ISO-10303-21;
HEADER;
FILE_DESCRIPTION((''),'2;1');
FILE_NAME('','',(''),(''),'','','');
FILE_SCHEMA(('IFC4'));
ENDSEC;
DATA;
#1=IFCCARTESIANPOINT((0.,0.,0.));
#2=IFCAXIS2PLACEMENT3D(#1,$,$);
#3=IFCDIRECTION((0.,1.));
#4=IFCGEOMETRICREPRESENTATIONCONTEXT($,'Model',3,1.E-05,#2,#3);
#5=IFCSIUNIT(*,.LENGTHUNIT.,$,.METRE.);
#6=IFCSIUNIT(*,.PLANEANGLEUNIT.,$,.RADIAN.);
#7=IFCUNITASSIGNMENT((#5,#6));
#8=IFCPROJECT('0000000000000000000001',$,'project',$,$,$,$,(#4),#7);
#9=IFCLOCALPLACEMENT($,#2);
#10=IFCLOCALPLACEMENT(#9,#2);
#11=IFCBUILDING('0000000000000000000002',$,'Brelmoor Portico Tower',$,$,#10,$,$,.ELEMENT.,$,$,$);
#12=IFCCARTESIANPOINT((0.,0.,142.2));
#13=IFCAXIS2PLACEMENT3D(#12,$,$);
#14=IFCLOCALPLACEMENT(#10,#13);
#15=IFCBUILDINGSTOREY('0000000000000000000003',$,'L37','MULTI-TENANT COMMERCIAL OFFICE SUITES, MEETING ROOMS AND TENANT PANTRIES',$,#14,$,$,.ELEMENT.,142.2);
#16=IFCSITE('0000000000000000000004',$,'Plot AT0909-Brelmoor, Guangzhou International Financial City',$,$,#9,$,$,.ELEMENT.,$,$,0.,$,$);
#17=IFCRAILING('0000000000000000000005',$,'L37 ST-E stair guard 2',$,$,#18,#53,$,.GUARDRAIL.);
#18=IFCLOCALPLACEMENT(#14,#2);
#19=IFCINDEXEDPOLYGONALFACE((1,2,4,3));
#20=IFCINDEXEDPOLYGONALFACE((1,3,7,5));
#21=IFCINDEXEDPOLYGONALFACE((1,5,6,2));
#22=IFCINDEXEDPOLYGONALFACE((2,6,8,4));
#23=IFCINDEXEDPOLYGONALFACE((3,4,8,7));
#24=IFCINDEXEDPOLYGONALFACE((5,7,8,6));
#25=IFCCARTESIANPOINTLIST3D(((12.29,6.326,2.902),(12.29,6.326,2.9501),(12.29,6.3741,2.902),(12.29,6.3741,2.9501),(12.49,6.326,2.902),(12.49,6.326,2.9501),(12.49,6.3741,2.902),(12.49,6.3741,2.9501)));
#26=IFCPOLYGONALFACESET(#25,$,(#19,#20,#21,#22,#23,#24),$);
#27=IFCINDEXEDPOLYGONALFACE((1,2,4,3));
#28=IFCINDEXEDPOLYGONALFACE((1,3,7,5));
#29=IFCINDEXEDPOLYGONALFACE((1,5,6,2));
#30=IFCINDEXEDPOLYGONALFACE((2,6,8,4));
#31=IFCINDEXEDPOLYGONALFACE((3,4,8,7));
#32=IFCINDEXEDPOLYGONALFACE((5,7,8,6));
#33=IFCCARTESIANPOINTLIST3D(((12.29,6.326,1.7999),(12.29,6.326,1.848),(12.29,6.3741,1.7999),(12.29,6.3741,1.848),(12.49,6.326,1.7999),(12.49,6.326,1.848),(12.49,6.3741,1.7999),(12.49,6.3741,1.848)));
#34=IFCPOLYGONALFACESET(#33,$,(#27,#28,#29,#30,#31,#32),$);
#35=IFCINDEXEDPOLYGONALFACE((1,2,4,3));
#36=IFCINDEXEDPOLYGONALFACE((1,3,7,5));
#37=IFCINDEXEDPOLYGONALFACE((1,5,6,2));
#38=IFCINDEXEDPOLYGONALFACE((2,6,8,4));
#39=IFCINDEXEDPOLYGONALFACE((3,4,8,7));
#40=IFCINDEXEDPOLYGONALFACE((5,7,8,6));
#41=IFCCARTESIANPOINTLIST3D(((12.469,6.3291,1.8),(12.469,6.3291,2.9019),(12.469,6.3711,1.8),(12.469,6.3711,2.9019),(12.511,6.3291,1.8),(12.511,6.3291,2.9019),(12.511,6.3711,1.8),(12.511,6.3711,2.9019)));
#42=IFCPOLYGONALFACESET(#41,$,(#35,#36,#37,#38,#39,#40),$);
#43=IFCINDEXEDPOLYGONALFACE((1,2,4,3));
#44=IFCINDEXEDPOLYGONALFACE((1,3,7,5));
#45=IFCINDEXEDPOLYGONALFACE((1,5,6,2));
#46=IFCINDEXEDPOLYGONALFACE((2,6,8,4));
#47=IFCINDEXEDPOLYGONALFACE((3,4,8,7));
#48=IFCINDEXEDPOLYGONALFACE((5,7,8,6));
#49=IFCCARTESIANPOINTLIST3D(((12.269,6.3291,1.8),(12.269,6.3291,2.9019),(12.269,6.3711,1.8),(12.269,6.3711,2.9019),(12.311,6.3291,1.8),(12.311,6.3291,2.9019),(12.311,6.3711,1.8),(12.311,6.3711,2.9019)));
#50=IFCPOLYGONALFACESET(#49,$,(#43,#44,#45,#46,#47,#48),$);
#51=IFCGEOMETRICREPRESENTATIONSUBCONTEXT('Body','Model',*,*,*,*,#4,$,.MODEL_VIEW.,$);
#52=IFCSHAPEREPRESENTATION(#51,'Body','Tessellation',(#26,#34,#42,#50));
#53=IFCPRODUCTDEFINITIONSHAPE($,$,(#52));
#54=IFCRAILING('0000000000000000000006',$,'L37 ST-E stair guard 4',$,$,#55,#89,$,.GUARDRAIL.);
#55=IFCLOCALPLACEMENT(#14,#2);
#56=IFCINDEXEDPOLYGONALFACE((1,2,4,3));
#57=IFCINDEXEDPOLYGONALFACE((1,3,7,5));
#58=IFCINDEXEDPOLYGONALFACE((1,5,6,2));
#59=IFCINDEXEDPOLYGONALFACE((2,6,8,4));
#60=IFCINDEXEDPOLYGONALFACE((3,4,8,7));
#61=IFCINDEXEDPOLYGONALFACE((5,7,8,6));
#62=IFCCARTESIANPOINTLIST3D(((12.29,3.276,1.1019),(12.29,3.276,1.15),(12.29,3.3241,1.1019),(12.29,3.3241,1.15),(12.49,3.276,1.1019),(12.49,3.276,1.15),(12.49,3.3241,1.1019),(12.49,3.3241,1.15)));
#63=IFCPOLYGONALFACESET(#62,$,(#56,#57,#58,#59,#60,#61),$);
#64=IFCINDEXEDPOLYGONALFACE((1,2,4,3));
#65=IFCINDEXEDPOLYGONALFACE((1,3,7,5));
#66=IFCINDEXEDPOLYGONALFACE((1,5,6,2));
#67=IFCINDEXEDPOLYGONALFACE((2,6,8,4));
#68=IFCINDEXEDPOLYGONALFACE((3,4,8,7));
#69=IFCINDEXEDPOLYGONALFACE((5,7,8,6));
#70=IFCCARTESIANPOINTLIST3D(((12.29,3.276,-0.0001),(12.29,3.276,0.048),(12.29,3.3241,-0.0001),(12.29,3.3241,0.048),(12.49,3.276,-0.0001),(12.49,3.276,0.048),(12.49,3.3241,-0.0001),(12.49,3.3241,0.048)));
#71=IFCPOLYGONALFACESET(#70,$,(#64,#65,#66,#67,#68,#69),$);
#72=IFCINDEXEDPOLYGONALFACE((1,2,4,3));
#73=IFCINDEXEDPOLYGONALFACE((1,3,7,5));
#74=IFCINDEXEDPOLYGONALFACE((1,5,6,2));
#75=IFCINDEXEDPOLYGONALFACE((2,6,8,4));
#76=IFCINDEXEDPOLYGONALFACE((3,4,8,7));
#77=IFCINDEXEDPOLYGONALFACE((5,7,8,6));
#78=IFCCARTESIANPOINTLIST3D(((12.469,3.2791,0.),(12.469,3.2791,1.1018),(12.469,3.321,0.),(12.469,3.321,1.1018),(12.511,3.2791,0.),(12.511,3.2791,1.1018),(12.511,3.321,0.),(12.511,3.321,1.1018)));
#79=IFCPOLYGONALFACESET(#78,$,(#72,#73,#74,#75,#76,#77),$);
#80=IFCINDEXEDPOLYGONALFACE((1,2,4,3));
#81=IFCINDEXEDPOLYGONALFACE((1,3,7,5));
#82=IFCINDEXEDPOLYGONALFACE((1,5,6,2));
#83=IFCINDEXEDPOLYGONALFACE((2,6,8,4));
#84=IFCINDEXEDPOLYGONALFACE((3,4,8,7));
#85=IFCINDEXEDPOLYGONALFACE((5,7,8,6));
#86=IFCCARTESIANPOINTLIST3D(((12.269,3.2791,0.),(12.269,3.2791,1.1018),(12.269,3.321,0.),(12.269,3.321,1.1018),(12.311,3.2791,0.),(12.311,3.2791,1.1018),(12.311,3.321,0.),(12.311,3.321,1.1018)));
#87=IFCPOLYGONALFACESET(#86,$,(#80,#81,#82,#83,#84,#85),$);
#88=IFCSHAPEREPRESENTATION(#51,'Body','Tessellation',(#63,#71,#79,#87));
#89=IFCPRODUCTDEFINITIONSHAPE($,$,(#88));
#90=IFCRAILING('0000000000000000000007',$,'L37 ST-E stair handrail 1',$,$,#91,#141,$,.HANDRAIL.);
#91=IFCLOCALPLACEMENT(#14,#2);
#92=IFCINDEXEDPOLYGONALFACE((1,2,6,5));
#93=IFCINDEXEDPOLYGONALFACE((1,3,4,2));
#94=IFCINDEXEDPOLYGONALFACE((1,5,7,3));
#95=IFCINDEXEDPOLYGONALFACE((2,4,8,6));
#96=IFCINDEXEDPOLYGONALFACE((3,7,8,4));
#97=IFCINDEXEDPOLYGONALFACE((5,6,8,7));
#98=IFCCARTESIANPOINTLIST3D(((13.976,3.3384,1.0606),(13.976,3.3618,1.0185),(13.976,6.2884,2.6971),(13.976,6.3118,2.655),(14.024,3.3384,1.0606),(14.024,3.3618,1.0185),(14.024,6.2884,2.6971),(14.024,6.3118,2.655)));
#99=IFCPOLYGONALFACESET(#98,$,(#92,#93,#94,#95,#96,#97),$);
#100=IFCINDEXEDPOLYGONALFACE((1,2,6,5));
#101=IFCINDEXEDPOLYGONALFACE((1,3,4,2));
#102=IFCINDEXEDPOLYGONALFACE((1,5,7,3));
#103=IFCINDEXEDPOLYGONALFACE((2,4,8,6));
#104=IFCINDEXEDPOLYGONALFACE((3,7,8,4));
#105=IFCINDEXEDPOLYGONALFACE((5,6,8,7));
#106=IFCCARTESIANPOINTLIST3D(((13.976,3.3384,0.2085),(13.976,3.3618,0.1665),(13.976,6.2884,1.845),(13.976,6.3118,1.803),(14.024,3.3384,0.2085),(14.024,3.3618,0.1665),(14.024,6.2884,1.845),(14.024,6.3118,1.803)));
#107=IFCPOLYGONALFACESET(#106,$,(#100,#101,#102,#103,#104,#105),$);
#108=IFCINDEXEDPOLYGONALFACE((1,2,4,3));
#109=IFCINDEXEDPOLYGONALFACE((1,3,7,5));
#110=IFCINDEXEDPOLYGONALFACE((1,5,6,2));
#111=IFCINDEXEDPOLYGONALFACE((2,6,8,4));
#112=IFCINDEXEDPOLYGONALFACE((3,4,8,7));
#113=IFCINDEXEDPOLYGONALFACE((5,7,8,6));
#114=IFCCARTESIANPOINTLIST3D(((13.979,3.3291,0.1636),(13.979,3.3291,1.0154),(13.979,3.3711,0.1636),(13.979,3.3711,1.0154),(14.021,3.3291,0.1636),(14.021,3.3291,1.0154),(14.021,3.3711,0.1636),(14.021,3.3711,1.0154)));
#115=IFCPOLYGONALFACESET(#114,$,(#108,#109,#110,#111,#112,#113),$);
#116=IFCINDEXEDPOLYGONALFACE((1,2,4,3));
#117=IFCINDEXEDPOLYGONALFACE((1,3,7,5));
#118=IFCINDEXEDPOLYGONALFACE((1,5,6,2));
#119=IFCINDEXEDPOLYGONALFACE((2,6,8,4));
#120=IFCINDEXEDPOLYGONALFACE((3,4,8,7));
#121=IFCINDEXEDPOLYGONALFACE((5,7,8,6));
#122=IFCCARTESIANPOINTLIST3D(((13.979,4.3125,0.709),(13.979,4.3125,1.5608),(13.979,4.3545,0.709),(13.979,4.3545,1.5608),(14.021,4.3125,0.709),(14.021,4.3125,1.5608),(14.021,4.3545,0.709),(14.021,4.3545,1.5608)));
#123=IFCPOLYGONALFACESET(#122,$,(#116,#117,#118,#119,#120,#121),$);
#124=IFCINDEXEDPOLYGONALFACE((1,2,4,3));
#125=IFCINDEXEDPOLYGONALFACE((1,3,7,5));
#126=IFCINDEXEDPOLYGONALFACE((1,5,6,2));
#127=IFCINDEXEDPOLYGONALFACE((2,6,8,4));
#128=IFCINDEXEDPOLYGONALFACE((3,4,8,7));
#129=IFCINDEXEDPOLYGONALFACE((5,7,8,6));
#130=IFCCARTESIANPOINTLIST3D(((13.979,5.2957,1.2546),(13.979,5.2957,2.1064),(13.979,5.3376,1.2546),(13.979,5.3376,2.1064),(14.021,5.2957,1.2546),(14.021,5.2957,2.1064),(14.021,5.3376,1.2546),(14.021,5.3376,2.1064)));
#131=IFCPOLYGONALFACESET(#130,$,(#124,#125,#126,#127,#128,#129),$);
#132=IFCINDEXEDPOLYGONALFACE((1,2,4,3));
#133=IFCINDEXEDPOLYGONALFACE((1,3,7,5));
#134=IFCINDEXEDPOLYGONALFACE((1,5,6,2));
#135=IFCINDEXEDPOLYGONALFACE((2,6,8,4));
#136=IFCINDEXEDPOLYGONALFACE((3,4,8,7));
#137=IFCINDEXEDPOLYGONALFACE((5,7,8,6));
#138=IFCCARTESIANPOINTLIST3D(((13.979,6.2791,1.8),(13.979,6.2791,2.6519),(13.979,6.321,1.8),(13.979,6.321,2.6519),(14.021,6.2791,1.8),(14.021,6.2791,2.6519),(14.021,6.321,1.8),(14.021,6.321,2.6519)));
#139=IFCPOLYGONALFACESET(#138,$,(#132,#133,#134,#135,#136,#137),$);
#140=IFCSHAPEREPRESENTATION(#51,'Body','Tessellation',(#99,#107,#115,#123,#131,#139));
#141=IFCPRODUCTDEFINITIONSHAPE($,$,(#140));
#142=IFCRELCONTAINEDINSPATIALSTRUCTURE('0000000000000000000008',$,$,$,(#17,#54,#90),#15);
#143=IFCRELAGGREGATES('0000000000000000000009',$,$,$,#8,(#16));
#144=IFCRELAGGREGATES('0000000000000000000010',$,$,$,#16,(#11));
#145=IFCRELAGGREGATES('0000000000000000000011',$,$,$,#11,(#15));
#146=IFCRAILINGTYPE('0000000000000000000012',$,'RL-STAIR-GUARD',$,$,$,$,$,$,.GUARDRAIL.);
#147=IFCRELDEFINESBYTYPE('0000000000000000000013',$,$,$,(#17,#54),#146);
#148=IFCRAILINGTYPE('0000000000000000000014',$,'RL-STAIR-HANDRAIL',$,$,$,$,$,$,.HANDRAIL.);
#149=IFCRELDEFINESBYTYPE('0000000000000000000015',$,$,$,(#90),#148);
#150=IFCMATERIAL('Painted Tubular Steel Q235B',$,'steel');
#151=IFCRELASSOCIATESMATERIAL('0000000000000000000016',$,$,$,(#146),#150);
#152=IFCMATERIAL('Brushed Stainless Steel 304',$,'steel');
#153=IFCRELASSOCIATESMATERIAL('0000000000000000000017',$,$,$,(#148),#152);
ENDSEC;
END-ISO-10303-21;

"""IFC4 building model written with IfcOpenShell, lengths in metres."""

from ifc_helpers import new_model, si_unit, direction, frame, origin, origin_2d, place, context, subcontext, project, spatial, rectangle, extrude, material, type_object, element, save


model = new_model("IFC4")

# Units and contexts
model_context = context("Model", 3, precision=1e-05, world=origin(), true_north=direction((0.0, 1.0)))
body_context = subcontext(model_context, "Body", "Model", "MODEL_VIEW")
ifc_project = project(units=[si_unit("LENGTHUNIT", "METRE"), si_unit("PLANEANGLEUNIT", "RADIAN")], contexts=[model_context])

# Site, building, storey
site_placement = place(None, origin())
site = spatial("IfcSite", under=ifc_project, at=site_placement, Name="Plot AT0909-Brelmoor, Guangzhou International Financial City", CompositionType="ELEMENT", RefElevation=0.0)
building_placement = place(site_placement, origin())
building = spatial("IfcBuilding", under=site, at=building_placement, Name="Brelmoor Portico Tower", CompositionType="ELEMENT")
storey_placement = place(building_placement, frame((0.0, 0.0, 142.2)))
storey = spatial("IfcBuildingStorey", under=building, at=storey_placement, Name="L37", Description="MULTI-TENANT COMMERCIAL OFFICE SUITES, MEETING ROOMS AND TENANT PANTRIES", CompositionType="ELEMENT", Elevation=142.2)

# Railings
ifc_material_1 = material(Name="Painted Tubular Steel Q235B", Category="steel")
railing_type_1 = type_object("IfcRailingType", Name="RL-STAIR-GUARD", PredefinedType="GUARDRAIL", material=ifc_material_1)
for number, where, name in (
    (1, (12.49, 6.3501, 1.8), "L37 ST-E stair guard 2"),
    (2, (12.49, 3.3, 0.0), "L37 ST-E stair guard 4"),
):
    element("IfcRailing", number, at=place(storey_placement, frame(where)), inside=storey, type_object=railing_type_1, Name=name, PredefinedType="GUARDRAIL", context=body_context, shape_type="SweptSolid", body=[
        extrude(rectangle(XDim=0.0481, YDim=0.0481, at=origin_2d()), frame((0.0, 0.0, 1.126), z_axis=(-1.0, 0.0, 0.0), x_axis=(0.0, -1.0, 0.0)), (0.0, 0.0, 1.0), 0.2),
        extrude(rectangle(XDim=0.0481, YDim=0.0481, at=origin_2d()), frame((0.0, 0.0, 0.0239), z_axis=(-1.0, 0.0, 0.0), x_axis=(0.0, -1.0, 0.0)), (0.0, 0.0, 1.0), 0.2),
        extrude(rectangle(XDim=0.042, YDim=0.042, at=origin_2d()), origin(), (0.0, 0.0, 1.0), 1.1018),
        extrude(rectangle(XDim=0.042, YDim=0.042, at=origin_2d()), frame((-0.2, 0.0, 0.0)), (0.0, 0.0, 1.0), 1.1018),
    ])
ifc_material_2 = material(Name="Brushed Stainless Steel 304", Category="steel")
railing_type_2 = type_object("IfcRailingType", Name="RL-STAIR-HANDRAIL", PredefinedType="HANDRAIL", material=ifc_material_2)
railing_1_placement = place(storey_placement, frame((14.0, 3.3501, 0.1636)))
element("IfcRailing", 3, at=railing_1_placement, inside=storey, type_object=railing_type_2, Name="L37 ST-E stair handrail 1", PredefinedType="HANDRAIL", context=body_context, shape_type="SweptSolid", body=[
    extrude(rectangle(XDim=0.0481, YDim=0.0481, at=origin_2d()), frame((0.0, 0.0, 0.876), z_axis=(0.0, 0.874458, 0.485102), x_axis=(-1.0, 0.0, 0.0)), (0.0, 0.0, 1.0), 3.3735),
    extrude(rectangle(XDim=0.0481, YDim=0.0481, at=origin_2d()), frame((0.0, 0.0, 0.0239), z_axis=(0.0, 0.874458, 0.485102), x_axis=(-1.0, 0.0, 0.0)), (0.0, 0.0, 1.0), 3.3735),
    extrude(rectangle(XDim=0.042, YDim=0.042, at=origin_2d()), origin(), (0.0, 0.0, 1.0), 0.8518),
    extrude(rectangle(XDim=0.042, YDim=0.042, at=origin_2d()), frame((0.0, 0.9834, 0.5454)), (0.0, 0.0, 1.0), 0.8518),
    extrude(rectangle(XDim=0.042, YDim=0.042, at=origin_2d()), frame((0.0, 1.9666, 1.0911)), (0.0, 0.0, 1.0), 0.8518),
    extrude(rectangle(XDim=0.042, YDim=0.042, at=origin_2d()), frame((0.0, 2.95, 1.6365)), (0.0, 0.0, 1.0), 0.8518),
])

save(model, "model.ifc")
